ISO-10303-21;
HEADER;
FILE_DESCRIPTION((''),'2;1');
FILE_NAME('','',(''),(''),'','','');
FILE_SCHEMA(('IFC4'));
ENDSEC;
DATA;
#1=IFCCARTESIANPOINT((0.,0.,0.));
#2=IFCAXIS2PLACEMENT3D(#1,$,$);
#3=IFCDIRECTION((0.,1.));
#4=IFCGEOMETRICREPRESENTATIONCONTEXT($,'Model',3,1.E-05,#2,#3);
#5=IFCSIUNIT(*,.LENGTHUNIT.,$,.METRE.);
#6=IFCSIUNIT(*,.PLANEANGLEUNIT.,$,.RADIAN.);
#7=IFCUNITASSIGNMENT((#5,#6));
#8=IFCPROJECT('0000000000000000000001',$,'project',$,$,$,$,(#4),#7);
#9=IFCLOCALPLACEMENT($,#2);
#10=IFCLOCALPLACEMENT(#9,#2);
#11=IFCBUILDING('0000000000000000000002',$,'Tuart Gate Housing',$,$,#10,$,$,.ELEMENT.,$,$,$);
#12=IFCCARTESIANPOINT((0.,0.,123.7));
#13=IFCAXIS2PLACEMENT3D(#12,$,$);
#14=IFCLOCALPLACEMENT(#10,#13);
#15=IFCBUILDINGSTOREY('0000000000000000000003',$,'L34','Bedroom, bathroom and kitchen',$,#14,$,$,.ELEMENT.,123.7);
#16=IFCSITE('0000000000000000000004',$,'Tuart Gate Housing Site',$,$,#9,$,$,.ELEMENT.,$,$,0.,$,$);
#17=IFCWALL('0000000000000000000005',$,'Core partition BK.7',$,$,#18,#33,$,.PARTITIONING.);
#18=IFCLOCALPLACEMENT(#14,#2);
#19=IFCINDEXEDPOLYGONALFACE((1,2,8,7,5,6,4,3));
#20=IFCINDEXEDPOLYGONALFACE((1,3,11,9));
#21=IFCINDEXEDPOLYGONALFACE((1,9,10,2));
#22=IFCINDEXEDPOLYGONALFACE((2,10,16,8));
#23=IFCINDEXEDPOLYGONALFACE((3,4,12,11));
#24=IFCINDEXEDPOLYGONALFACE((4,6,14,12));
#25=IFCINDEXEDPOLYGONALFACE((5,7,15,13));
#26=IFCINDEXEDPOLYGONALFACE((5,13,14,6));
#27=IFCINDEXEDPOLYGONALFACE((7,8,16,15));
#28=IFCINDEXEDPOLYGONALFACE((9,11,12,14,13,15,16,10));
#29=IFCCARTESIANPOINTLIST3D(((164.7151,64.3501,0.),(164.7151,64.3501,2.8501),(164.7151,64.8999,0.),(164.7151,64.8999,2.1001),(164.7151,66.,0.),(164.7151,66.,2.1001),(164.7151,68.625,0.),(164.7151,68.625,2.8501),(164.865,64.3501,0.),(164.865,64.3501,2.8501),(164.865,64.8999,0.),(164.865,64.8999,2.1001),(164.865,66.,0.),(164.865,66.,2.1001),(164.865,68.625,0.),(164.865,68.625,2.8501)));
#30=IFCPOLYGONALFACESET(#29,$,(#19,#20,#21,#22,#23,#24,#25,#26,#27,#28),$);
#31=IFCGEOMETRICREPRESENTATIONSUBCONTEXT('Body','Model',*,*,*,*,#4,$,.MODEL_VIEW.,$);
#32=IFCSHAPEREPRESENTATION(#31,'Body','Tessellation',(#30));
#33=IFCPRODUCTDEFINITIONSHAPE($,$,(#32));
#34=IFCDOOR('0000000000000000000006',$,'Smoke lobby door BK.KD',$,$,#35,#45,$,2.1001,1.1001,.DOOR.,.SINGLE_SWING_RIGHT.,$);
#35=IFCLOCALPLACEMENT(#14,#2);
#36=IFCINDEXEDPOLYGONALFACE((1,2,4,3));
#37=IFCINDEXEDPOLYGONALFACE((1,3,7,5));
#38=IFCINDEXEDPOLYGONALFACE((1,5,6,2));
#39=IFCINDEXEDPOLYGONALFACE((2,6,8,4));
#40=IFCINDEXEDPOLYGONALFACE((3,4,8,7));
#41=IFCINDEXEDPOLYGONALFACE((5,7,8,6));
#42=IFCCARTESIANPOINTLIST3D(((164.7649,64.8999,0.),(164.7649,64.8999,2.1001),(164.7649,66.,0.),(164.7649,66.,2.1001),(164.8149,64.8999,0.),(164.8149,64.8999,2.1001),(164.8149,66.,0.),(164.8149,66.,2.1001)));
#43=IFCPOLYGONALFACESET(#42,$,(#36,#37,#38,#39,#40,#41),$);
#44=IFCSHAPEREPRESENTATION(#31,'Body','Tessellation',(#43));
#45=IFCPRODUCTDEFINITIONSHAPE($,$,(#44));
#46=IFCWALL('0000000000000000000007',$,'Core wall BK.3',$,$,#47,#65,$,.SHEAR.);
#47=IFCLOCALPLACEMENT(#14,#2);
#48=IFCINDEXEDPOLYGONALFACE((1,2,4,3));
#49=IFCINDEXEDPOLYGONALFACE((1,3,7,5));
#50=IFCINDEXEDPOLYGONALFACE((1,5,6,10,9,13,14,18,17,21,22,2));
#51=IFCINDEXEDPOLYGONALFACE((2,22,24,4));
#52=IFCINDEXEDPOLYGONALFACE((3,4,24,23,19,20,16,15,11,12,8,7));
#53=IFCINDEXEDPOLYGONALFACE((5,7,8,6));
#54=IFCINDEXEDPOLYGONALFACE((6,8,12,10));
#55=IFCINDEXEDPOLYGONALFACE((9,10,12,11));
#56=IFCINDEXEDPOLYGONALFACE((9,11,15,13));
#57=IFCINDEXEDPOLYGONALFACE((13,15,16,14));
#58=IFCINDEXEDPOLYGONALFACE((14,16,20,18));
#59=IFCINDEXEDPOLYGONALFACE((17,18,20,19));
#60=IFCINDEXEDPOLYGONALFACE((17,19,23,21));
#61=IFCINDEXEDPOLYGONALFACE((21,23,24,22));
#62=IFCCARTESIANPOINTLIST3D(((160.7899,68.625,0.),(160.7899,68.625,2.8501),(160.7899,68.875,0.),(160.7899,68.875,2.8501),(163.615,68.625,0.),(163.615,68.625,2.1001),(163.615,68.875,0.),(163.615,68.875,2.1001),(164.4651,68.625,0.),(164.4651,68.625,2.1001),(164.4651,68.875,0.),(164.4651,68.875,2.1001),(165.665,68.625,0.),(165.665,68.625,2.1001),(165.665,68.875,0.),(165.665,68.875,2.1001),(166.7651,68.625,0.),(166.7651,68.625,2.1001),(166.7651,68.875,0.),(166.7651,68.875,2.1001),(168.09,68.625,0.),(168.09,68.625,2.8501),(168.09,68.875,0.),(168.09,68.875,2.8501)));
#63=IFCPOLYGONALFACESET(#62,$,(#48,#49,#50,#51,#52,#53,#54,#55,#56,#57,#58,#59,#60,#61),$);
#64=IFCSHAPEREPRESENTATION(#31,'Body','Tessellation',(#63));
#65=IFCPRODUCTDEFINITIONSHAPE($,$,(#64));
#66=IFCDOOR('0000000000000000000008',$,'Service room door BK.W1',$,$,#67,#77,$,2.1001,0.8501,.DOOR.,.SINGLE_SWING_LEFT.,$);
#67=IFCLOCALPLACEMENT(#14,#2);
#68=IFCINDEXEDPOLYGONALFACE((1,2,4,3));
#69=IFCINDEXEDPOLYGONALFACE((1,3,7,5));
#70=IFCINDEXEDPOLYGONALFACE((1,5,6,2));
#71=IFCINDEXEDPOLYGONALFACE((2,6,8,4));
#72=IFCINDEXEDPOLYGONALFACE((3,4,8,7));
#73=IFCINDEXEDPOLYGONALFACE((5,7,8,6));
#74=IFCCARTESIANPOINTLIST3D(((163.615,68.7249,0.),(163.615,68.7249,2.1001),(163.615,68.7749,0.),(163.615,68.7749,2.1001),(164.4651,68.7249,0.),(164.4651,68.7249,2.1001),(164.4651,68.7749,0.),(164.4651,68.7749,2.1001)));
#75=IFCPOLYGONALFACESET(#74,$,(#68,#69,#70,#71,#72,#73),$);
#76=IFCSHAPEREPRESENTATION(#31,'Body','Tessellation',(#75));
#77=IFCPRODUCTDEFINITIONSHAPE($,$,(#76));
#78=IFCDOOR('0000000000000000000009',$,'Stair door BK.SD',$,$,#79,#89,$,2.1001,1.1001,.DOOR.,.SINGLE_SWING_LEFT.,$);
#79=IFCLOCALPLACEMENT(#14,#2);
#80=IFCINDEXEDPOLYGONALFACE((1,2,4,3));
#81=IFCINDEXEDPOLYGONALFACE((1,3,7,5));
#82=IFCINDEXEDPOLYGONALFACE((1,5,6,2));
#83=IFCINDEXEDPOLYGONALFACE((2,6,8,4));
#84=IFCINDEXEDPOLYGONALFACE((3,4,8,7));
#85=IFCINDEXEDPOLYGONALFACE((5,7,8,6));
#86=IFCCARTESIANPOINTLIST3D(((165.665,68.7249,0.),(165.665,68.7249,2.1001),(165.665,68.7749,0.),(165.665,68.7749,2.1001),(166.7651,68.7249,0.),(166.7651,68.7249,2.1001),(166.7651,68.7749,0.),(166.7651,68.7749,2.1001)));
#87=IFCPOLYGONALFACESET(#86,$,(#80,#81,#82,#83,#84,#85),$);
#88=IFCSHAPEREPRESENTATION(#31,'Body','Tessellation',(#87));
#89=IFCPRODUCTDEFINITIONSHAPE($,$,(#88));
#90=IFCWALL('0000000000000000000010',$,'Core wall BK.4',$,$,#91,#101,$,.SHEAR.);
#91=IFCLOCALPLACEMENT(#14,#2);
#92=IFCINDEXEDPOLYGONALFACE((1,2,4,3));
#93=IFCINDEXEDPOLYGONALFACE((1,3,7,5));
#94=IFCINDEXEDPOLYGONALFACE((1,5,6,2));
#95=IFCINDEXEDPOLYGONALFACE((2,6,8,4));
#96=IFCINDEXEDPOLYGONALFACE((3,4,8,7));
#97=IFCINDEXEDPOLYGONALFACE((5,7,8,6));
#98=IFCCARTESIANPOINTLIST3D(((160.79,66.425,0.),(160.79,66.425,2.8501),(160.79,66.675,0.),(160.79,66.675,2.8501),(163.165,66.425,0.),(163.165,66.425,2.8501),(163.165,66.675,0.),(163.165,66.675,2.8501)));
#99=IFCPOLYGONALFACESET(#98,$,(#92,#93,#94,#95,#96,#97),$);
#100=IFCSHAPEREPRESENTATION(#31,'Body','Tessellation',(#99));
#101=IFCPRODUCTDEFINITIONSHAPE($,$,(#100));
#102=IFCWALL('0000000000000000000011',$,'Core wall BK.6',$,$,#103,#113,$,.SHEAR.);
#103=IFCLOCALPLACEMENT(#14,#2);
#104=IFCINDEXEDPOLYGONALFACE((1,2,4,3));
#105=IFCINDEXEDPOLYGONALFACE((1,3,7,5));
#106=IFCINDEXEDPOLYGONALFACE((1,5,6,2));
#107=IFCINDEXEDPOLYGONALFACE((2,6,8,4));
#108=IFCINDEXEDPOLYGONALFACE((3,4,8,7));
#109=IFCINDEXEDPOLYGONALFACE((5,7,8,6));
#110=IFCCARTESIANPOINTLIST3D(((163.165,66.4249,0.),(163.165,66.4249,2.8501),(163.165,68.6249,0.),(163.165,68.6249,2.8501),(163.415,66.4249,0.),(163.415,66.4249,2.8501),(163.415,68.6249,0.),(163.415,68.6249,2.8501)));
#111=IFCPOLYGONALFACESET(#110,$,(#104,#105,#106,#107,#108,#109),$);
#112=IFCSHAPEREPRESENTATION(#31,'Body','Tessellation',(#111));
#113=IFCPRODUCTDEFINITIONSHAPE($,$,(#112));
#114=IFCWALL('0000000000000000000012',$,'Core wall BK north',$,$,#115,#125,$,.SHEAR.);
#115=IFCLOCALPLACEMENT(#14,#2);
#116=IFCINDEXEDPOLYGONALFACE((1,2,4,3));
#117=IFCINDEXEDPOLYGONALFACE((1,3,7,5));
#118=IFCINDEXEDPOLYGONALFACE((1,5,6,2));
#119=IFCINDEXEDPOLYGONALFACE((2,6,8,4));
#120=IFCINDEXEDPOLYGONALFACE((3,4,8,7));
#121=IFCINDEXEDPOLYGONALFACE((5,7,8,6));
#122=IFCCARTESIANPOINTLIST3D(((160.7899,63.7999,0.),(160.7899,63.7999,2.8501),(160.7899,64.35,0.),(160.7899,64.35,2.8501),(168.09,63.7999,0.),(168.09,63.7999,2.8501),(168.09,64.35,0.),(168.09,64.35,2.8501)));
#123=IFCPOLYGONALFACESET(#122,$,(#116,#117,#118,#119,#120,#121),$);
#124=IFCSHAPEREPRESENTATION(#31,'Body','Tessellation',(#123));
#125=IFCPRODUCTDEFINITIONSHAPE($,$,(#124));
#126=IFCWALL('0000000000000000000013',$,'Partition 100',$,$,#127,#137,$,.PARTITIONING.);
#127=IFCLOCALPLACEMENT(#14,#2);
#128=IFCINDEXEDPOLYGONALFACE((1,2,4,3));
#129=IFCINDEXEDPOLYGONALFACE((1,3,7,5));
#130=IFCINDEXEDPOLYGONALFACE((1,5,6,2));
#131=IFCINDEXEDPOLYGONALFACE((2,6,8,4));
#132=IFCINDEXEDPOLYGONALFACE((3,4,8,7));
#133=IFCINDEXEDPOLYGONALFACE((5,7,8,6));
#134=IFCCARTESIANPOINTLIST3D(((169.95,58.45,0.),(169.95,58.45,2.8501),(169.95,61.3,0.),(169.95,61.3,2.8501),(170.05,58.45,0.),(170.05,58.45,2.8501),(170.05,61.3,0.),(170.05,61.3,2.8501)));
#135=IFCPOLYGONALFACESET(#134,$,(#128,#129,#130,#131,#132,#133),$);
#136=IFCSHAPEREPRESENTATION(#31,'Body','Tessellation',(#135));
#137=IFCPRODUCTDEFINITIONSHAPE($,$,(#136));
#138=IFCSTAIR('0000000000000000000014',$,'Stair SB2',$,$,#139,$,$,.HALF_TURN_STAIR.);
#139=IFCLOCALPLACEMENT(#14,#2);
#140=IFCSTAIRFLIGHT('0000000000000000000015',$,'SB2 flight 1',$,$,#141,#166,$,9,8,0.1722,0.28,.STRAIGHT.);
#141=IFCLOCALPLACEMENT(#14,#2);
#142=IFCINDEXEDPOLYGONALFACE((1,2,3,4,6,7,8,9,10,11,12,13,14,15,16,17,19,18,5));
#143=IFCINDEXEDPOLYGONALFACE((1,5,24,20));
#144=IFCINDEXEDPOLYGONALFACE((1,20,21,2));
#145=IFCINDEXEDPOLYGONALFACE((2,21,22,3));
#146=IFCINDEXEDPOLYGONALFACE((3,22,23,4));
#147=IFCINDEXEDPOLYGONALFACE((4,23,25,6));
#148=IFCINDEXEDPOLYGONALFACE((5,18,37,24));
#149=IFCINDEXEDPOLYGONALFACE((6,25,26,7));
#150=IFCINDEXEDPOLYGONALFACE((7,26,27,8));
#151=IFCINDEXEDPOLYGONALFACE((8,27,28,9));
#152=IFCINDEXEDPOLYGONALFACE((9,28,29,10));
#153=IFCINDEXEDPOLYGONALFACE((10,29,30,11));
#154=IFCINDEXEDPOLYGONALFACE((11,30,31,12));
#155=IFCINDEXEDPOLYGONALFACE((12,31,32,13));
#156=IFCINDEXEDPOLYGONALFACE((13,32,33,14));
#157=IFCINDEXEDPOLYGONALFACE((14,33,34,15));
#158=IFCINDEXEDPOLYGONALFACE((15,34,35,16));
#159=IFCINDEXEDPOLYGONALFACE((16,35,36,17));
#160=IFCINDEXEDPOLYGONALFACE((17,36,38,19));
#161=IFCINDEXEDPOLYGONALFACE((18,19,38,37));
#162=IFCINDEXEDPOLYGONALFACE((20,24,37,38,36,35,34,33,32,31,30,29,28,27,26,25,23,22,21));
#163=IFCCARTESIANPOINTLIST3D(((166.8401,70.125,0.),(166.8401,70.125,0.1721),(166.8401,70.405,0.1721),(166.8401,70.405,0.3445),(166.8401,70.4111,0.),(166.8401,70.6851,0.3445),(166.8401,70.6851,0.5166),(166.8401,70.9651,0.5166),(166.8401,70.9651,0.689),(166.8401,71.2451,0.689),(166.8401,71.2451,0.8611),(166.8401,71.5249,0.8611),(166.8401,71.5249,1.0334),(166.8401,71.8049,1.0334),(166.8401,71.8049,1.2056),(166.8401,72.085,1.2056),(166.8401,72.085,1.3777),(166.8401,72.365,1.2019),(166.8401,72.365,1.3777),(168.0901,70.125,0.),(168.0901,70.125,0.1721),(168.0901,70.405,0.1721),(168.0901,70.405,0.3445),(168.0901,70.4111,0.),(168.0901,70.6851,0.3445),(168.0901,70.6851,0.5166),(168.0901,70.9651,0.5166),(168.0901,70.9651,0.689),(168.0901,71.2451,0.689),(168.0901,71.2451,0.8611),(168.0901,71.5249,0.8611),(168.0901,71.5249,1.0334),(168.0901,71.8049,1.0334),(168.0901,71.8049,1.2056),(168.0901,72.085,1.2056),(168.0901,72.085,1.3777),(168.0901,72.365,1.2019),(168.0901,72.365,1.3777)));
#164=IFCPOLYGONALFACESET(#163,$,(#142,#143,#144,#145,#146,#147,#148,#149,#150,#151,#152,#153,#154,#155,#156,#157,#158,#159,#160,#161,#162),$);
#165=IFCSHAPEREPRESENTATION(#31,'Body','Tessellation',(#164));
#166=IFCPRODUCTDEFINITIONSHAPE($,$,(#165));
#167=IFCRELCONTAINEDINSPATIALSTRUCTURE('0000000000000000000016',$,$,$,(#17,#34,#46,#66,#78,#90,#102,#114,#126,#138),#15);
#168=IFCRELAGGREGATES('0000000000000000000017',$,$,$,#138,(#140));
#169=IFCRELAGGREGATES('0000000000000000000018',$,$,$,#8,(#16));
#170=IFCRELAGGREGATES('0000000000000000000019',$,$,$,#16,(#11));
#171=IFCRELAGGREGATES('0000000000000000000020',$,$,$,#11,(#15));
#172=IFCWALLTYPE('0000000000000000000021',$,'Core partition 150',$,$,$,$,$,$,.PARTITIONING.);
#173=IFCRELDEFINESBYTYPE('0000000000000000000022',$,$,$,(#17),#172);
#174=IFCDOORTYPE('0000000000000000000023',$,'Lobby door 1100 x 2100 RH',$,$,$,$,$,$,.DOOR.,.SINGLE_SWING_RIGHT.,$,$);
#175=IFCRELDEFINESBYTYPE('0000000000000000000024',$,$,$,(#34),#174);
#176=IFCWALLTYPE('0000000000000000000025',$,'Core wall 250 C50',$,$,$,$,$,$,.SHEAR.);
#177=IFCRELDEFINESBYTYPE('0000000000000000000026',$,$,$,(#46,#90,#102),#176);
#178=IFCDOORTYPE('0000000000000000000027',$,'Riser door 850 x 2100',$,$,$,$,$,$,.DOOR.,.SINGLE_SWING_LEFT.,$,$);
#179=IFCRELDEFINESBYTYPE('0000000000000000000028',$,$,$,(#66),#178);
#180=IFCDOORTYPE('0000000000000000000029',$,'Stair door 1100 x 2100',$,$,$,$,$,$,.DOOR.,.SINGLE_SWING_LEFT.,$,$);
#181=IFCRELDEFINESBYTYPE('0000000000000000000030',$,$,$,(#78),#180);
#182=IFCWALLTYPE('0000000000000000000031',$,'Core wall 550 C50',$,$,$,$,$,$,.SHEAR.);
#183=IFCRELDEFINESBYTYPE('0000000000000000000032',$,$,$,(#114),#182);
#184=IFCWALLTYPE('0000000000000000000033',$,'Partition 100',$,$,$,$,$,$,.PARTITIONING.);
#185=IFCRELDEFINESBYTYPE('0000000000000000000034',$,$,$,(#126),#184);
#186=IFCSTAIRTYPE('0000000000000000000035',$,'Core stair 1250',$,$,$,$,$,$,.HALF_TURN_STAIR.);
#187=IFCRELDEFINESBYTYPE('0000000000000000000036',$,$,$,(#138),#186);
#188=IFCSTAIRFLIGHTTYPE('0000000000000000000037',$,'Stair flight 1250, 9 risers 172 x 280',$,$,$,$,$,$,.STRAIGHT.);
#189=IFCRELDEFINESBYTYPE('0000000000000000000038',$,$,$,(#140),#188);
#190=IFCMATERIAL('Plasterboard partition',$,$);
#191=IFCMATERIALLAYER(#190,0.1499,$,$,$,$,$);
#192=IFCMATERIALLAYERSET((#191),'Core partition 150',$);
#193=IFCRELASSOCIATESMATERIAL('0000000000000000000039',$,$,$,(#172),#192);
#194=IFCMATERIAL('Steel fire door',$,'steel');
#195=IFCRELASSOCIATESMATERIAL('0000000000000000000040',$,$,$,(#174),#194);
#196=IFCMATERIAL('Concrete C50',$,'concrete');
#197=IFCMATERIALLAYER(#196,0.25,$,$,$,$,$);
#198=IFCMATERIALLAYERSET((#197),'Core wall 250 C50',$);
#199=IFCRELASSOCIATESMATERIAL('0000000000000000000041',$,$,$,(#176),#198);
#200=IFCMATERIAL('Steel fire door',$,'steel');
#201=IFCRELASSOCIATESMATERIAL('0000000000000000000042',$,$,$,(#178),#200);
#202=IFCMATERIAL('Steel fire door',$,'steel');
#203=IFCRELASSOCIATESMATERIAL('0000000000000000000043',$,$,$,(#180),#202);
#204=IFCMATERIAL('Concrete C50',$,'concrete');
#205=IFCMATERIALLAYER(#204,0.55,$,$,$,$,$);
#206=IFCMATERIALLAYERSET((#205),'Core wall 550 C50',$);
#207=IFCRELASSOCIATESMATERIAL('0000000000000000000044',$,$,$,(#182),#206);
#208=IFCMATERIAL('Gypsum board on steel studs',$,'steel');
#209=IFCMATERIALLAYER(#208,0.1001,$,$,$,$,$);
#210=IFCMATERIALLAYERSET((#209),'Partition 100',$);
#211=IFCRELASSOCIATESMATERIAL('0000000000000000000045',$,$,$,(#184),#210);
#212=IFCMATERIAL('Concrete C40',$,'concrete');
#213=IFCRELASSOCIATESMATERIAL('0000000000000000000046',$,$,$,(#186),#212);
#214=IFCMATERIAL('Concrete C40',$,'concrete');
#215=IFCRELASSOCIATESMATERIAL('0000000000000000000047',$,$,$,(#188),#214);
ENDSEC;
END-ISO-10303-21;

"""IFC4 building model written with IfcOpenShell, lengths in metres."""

from ifc_helpers import new_model, si_unit, direction, frame, frame_2d, origin, place, context, subcontext, project, spatial, polyline, rectangle, outline, extrude, material, layer, layer_set, type_object, element, fill, aggregate, save


model = new_model("IFC4")

# Units and contexts
model_context = context("Model", 3, precision=1e-05, world=origin(), true_north=direction((0.0, 1.0)))
body_context = subcontext(model_context, "Body", "Model", "MODEL_VIEW")
ifc_project = project(units=[si_unit("LENGTHUNIT", "METRE"), si_unit("PLANEANGLEUNIT", "RADIAN")], contexts=[model_context])

# Site, building, storey
site_placement = place(None, origin())
site = spatial("IfcSite", under=ifc_project, at=site_placement, Name="Tuart Gate Housing Site", CompositionType="ELEMENT", RefElevation=0.0)
building_placement = place(site_placement, origin())
building = spatial("IfcBuilding", under=site, at=building_placement, Name="Tuart Gate Housing", CompositionType="ELEMENT")
storey_placement = place(building_placement, frame((0.0, 0.0, 123.7)))
storey = spatial("IfcBuildingStorey", under=building, at=storey_placement, Name="L34", Description="Bedroom, bathroom and kitchen", CompositionType="ELEMENT", Elevation=123.7)

# Wall, opening, door
ifc_material_1 = material(Name="Plasterboard partition")
ifc_layer_1 = layer(ifc_material_1, 0.1499)
ifc_layer_set_1 = layer_set([ifc_layer_1], Name="Core partition 150")
wall_type_1 = type_object("IfcWallType", Name="Core partition 150", PredefinedType="PARTITIONING", material=ifc_layer_set_1)
wall_1_placement = place(storey_placement, frame((164.79, 68.625, 0.0), z_axis=(0.0, 0.0, 1.0), x_axis=(0.0, -1.0, 0.0)))
wall_1 = element("IfcWall", 1, at=wall_1_placement, inside=storey, type_object=wall_type_1, Name="Core partition BK.7", PredefinedType="PARTITIONING", context=body_context, shape_type="SweptSolid", body=[
    extrude(rectangle(XDim=4.2749, YDim=0.1499, at=frame_2d((2.1375, 0.0))), origin(), (0.0, 0.0, 1.0), 2.8501),
])
opening_1_placement = place(wall_1_placement, frame((2.625, 0.0, 0.0)))
opening_1 = element("IfcOpeningElement", 2, at=opening_1_placement, cuts=wall_1, PredefinedType="OPENING", context=body_context, shape_type="SweptSolid", body=[
    extrude(rectangle(XDim=1.1001, YDim=2.1001, at=frame_2d((0.55, 1.05))), frame((0.0, 0.085, 0.0), z_axis=(0.0, -1.0, 0.0), x_axis=(1.0, 0.0, 0.0)), (0.0, 0.0, 1.0), 0.1699),
])
ifc_material_2 = material(Name="Steel fire door", Category="steel")
door_type_1 = type_object("IfcDoorType", Name="Lobby door 1100 x 2100 RH", OperationType="SINGLE_SWING_RIGHT", PredefinedType="DOOR", material=ifc_material_2)
door_1_placement = place(opening_1_placement, origin())
door_1 = element("IfcDoor", 3, at=door_1_placement, inside=storey, type_object=door_type_1, Name="Smoke lobby door BK.KD", OperationType="SINGLE_SWING_RIGHT", OverallHeight=2.1001, OverallWidth=1.1001, PredefinedType="DOOR", context=body_context, shape_type="SweptSolid", body=[
    extrude(rectangle(XDim=1.1001, YDim=2.1001, at=frame_2d((0.55, 1.05))), frame((0.0, 0.0249, 0.0), z_axis=(0.0, -1.0, 0.0), x_axis=(1.0, 0.0, 0.0)), (0.0, 0.0, 1.0), 0.05),
])
fill(opening_1, door_1)

# Wall, openings, doors
ifc_material_3 = material(Name="Concrete C50", Category="concrete")
ifc_layer_2 = layer(ifc_material_3, 0.25)
ifc_layer_set_2 = layer_set([ifc_layer_2], Name="Core wall 250 C50")
wall_type_2 = type_object("IfcWallType", Name="Core wall 250 C50", PredefinedType="SHEAR", material=ifc_layer_set_2)
wall_2_placement = place(storey_placement, frame((160.79, 68.75, 0.0), z_axis=(0.0, 0.0, 1.0), x_axis=(1.0, 0.0, 0.0)))
wall_2 = element("IfcWall", 4, at=wall_2_placement, inside=storey, type_object=wall_type_2, Name="Core wall BK.3", PredefinedType="SHEAR", context=body_context, shape_type="SweptSolid", body=[
    extrude(rectangle(XDim=7.3, YDim=0.25, at=frame_2d((3.6499, 0.0))), origin(), (0.0, 0.0, 1.0), 2.8501),
])
opening_2_placement = place(wall_2_placement, frame((4.875, 0.0, 0.0)))
opening_2 = element("IfcOpeningElement", 5, at=opening_2_placement, cuts=wall_2, PredefinedType="OPENING", context=body_context, shape_type="SweptSolid", body=[
    extrude(rectangle(XDim=1.1001, YDim=2.1001, at=frame_2d((0.55, 1.05))), frame((0.0, 0.135, 0.0), z_axis=(0.0, -1.0, 0.0), x_axis=(1.0, 0.0, 0.0)), (0.0, 0.0, 1.0), 0.27),
])
opening_3_placement = place(wall_2_placement, frame((2.825, 0.0, 0.0)))
opening_3 = element("IfcOpeningElement", 6, at=opening_3_placement, cuts=wall_2, PredefinedType="OPENING", context=body_context, shape_type="SweptSolid", body=[
    extrude(rectangle(XDim=0.8501, YDim=2.1001, at=frame_2d((0.425, 1.05))), frame((0.0, 0.135, 0.0), z_axis=(0.0, -1.0, 0.0), x_axis=(1.0, 0.0, 0.0)), (0.0, 0.0, 1.0), 0.27),
])
ifc_material_4 = material(Name="Steel fire door", Category="steel")
door_type_2 = type_object("IfcDoorType", Name="Riser door 850 x 2100", OperationType="SINGLE_SWING_LEFT", PredefinedType="DOOR", material=ifc_material_4)
door_2_placement = place(opening_3_placement, origin())
door_2 = element("IfcDoor", 7, at=door_2_placement, inside=storey, type_object=door_type_2, Name="Service room door BK.W1", OperationType="SINGLE_SWING_LEFT", OverallHeight=2.1001, OverallWidth=0.8501, PredefinedType="DOOR", context=body_context, shape_type="SweptSolid", body=[
    extrude(rectangle(XDim=0.8501, YDim=2.1001, at=frame_2d((0.425, 1.05))), frame((0.0, 0.0249, 0.0), z_axis=(0.0, -1.0, 0.0), x_axis=(1.0, 0.0, 0.0)), (0.0, 0.0, 1.0), 0.05),
])
fill(opening_3, door_2)
ifc_material_5 = material(Name="Steel fire door", Category="steel")
door_type_3 = type_object("IfcDoorType", Name="Stair door 1100 x 2100", OperationType="SINGLE_SWING_LEFT", PredefinedType="DOOR", material=ifc_material_5)
door_3_placement = place(opening_2_placement, origin())
door_3 = element("IfcDoor", 8, at=door_3_placement, inside=storey, type_object=door_type_3, Name="Stair door BK.SD", OperationType="SINGLE_SWING_LEFT", OverallHeight=2.1001, OverallWidth=1.1001, PredefinedType="DOOR", context=body_context, shape_type="SweptSolid", body=[
    extrude(rectangle(XDim=1.1001, YDim=2.1001, at=frame_2d((0.55, 1.05))), frame((0.0, 0.0249, 0.0), z_axis=(0.0, -1.0, 0.0), x_axis=(1.0, 0.0, 0.0)), (0.0, 0.0, 1.0), 0.05),
])
fill(opening_2, door_3)

# Walls
wall_3_placement = place(storey_placement, frame((160.79, 66.55, 0.0), z_axis=(0.0, 0.0, 1.0), x_axis=(1.0, 0.0, 0.0)))
element("IfcWall", 9, at=wall_3_placement, inside=storey, type_object=wall_type_2, Name="Core wall BK.4", PredefinedType="SHEAR", context=body_context, shape_type="SweptSolid", body=[
    extrude(rectangle(XDim=2.375, YDim=0.25, at=frame_2d((1.1875, 0.0))), origin(), (0.0, 0.0, 1.0), 2.8501),
])
wall_4_placement = place(storey_placement, frame((163.29, 68.625, 0.0), z_axis=(0.0, 0.0, 1.0), x_axis=(0.0, -1.0, 0.0)))
element("IfcWall", 10, at=wall_4_placement, inside=storey, type_object=wall_type_2, Name="Core wall BK.6", PredefinedType="SHEAR", context=body_context, shape_type="SweptSolid", body=[
    extrude(rectangle(XDim=2.2, YDim=0.25, at=frame_2d((1.1001, 0.0))), origin(), (0.0, 0.0, 1.0), 2.8501),
])
ifc_material_6 = material(Name="Concrete C50", Category="concrete")
ifc_layer_3 = layer(ifc_material_6, 0.55)
ifc_layer_set_3 = layer_set([ifc_layer_3], Name="Core wall 550 C50")
wall_type_3 = type_object("IfcWallType", Name="Core wall 550 C50", PredefinedType="SHEAR", material=ifc_layer_set_3)
wall_5_placement = place(storey_placement, frame((160.79, 64.075, 0.0), z_axis=(0.0, 0.0, 1.0), x_axis=(1.0, 0.0, 0.0)))
element("IfcWall", 11, at=wall_5_placement, inside=storey, type_object=wall_type_3, Name="Core wall BK north", PredefinedType="SHEAR", context=body_context, shape_type="SweptSolid", body=[
    extrude(rectangle(XDim=7.3, YDim=0.55, at=frame_2d((3.6499, 0.0))), origin(), (0.0, 0.0, 1.0), 2.8501),
])
ifc_material_7 = material(Name="Gypsum board on steel studs", Category="steel")
ifc_layer_4 = layer(ifc_material_7, 0.1001)
ifc_layer_set_4 = layer_set([ifc_layer_4], Name="Partition 100")
wall_type_4 = type_object("IfcWallType", Name="Partition 100", PredefinedType="PARTITIONING", material=ifc_layer_set_4)
wall_6_placement = place(storey_placement, frame((170.0, 58.45, 0.0), z_axis=(0.0, 0.0, 1.0), x_axis=(0.0, 1.0, 0.0)))
element("IfcWall", 12, at=wall_6_placement, inside=storey, type_object=wall_type_4, Name="Partition 100", PredefinedType="PARTITIONING", context=body_context, shape_type="SweptSolid", body=[
    extrude(rectangle(XDim=2.8501, YDim=0.1001, at=frame_2d((1.425, 0.0))), origin(), (0.0, 0.0, 1.0), 2.8501),
])

# Stair, stair flight
ifc_material_8 = material(Name="Concrete C40", Category="concrete")
stair_type = type_object("IfcStairType", Name="Core stair 1250", PredefinedType="HALF_TURN_STAIR", material=ifc_material_8)
stair_placement = place(storey_placement, origin())
stair = element("IfcStair", 13, at=stair_placement, inside=storey, type_object=stair_type, Name="Stair SB2", PredefinedType="HALF_TURN_STAIR")
ifc_material_9 = material(Name="Concrete C40", Category="concrete")
stair_flight_type = type_object("IfcStairFlightType", Name="Stair flight 1250, 9 risers 172 x 280", PredefinedType="STRAIGHT", material=ifc_material_9)
stair_flight_placement = place(storey_placement, frame((167.4651, 70.125, 0.0), z_axis=(0.0, 0.0, 1.0), x_axis=(0.0, 1.0, 0.0)))
stair_flight = element("IfcStairFlight", 14, at=stair_flight_placement, type_object=stair_flight_type, Name="SB2 flight 1", NumberOfRisers=9, NumberOfTreads=8, PredefinedType="STRAIGHT", RiserHeight=0.1722, TreadLength=0.28, context=body_context, shape_type="SweptSolid", body=[
    extrude(outline(polyline([(0.0, 0.0), (0.0, 0.1721), (0.28, 0.1721), (0.28, 0.3445), (0.5601, 0.3445), (0.5601, 0.5166), (0.8401, 0.5166), (0.8401, 0.689), (1.1201, 0.689), (1.1201, 0.8611), (1.3999, 0.8611), (1.3999, 1.0334), (1.6799, 1.0334), (1.6799, 1.2056), (1.96, 1.2056), (1.96, 1.3777), (2.24, 1.3777), (2.24, 1.55), (2.24, 1.2019), (0.2861, 0.0), (0.0, 0.0)])), frame((0.0, 0.625, 0.0), z_axis=(0.0, -1.0, 0.0), x_axis=(1.0, 0.0, 0.0)), (0.0, 0.0, 1.0), 1.25),
])
aggregate(stair, [stair_flight])

save(model, "model.ifc")
